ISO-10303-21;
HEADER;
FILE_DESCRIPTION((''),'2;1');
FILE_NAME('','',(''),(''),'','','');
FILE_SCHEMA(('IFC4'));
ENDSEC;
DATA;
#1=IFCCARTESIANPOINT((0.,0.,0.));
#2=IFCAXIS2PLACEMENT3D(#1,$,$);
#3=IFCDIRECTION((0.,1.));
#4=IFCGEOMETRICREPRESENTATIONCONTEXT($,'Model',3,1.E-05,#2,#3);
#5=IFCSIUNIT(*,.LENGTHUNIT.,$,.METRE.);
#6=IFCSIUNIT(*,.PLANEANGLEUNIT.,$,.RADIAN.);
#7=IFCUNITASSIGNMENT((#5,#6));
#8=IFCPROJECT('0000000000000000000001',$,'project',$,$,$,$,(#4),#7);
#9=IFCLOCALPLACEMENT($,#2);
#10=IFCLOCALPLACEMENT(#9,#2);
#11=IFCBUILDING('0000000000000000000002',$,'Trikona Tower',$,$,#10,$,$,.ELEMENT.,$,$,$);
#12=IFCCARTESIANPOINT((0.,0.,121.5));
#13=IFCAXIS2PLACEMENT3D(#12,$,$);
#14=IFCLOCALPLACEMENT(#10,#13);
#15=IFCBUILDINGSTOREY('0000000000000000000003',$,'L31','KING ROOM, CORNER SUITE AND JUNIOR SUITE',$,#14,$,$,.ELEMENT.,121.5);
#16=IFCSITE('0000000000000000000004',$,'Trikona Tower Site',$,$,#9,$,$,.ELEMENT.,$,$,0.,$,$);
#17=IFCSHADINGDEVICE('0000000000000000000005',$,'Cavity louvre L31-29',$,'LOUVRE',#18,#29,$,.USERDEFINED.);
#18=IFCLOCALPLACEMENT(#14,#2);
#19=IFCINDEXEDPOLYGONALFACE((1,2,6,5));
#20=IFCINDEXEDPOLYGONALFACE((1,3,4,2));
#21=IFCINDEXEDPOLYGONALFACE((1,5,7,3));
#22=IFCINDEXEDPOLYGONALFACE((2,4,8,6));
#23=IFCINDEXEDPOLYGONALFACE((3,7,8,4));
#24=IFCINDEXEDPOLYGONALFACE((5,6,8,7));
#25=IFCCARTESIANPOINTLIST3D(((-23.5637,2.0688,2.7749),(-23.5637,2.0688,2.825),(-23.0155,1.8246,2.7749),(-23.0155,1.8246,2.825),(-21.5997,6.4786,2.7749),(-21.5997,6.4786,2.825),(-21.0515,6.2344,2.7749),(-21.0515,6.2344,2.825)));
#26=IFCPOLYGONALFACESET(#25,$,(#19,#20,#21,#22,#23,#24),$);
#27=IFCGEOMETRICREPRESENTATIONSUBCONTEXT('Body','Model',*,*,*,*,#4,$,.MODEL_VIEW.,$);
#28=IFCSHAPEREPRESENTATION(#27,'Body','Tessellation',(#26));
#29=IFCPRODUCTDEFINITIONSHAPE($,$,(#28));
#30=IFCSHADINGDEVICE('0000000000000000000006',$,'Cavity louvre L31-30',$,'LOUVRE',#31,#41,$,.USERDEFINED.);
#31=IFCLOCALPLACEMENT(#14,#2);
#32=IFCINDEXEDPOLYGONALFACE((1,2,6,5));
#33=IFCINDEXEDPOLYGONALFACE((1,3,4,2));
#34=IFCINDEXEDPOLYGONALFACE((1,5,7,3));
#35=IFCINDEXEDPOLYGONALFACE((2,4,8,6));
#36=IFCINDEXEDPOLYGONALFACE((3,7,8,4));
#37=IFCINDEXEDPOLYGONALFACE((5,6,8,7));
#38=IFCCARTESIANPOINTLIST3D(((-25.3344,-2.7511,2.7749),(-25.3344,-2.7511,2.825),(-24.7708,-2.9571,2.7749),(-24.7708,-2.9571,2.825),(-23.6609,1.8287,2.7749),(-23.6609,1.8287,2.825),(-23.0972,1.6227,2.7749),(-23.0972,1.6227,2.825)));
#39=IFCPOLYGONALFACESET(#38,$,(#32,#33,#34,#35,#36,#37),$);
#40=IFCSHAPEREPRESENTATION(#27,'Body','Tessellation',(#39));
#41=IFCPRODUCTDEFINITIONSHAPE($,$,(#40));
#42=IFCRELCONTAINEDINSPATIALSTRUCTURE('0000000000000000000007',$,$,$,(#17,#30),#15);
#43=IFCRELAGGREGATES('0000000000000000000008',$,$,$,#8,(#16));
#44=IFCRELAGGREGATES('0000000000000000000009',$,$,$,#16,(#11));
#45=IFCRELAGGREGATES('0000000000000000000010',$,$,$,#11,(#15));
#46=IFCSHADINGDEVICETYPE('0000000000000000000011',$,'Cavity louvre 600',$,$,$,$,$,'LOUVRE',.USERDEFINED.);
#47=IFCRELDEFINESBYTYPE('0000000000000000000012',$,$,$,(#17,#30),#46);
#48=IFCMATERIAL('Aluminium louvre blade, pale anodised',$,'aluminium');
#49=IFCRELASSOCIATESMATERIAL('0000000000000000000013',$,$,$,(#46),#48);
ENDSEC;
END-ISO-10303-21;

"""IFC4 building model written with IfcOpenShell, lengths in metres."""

from ifc_helpers import new_model, si_unit, direction, frame, origin, origin_2d, place, context, subcontext, project, spatial, rectangle, extrude, material, type_object, element, save


model = new_model("IFC4")

# Units and contexts
model_context = context("Model", 3, precision=1e-05, world=origin(), true_north=direction((0.0, 1.0)))
body_context = subcontext(model_context, "Body", "Model", "MODEL_VIEW")
ifc_project = project(units=[si_unit("LENGTHUNIT", "METRE"), si_unit("PLANEANGLEUNIT", "RADIAN")], contexts=[model_context])

# Site, building, storey
site_placement = place(None, origin())
site = spatial("IfcSite", under=ifc_project, at=site_placement, Name="Trikona Tower Site", CompositionType="ELEMENT", RefElevation=0.0)
building_placement = place(site_placement, origin())
building = spatial("IfcBuilding", under=site, at=building_placement, Name="Trikona Tower", CompositionType="ELEMENT")
storey_placement = place(building_placement, frame((0.0, 0.0, 121.5)))
storey = spatial("IfcBuildingStorey", under=building, at=storey_placement, Name="L31", Description="KING ROOM, CORNER SUITE AND JUNIOR SUITE", CompositionType="ELEMENT", Elevation=121.5)

# Shading devices
ifc_material_1 = material(Name="Aluminium louvre blade, pale anodised", Category="aluminium")
shading_device_type = type_object("IfcShadingDeviceType", Name="Cavity louvre 600", ElementType="LOUVRE", PredefinedType="USERDEFINED", material=ifc_material_1)
shading_device_1_placement = place(storey_placement, frame((-22.3076, 4.1516, 2.7749), z_axis=(0.0, 0.0, 1.0), x_axis=(-0.406843, -0.913498, 0.0)))
element("IfcShadingDevice", 1, at=shading_device_1_placement, inside=storey, type_object=shading_device_type, Name="Cavity louvre L31-29", ObjectType="LOUVRE", PredefinedType="USERDEFINED", context=body_context, shape_type="SweptSolid", body=[
    extrude(rectangle(XDim=4.8274, YDim=0.6001, at=origin_2d()), origin(), (0.0, 0.0, 1.0), 0.05),
])
shading_device_2_placement = place(storey_placement, frame((-24.2158, -0.5642, 2.7749), z_axis=(0.0, 0.0, 1.0), x_axis=(-0.34322, -0.939255, 0.0)))
element("IfcShadingDevice", 2, at=shading_device_2_placement, inside=storey, type_object=shading_device_type, Name="Cavity louvre L31-30", ObjectType="LOUVRE", PredefinedType="USERDEFINED", context=body_context, shape_type="SweptSolid", body=[
    extrude(rectangle(XDim=4.876, YDim=0.6001, at=origin_2d()), origin(), (0.0, 0.0, 1.0), 0.05),
])

save(model, "model.ifc")
